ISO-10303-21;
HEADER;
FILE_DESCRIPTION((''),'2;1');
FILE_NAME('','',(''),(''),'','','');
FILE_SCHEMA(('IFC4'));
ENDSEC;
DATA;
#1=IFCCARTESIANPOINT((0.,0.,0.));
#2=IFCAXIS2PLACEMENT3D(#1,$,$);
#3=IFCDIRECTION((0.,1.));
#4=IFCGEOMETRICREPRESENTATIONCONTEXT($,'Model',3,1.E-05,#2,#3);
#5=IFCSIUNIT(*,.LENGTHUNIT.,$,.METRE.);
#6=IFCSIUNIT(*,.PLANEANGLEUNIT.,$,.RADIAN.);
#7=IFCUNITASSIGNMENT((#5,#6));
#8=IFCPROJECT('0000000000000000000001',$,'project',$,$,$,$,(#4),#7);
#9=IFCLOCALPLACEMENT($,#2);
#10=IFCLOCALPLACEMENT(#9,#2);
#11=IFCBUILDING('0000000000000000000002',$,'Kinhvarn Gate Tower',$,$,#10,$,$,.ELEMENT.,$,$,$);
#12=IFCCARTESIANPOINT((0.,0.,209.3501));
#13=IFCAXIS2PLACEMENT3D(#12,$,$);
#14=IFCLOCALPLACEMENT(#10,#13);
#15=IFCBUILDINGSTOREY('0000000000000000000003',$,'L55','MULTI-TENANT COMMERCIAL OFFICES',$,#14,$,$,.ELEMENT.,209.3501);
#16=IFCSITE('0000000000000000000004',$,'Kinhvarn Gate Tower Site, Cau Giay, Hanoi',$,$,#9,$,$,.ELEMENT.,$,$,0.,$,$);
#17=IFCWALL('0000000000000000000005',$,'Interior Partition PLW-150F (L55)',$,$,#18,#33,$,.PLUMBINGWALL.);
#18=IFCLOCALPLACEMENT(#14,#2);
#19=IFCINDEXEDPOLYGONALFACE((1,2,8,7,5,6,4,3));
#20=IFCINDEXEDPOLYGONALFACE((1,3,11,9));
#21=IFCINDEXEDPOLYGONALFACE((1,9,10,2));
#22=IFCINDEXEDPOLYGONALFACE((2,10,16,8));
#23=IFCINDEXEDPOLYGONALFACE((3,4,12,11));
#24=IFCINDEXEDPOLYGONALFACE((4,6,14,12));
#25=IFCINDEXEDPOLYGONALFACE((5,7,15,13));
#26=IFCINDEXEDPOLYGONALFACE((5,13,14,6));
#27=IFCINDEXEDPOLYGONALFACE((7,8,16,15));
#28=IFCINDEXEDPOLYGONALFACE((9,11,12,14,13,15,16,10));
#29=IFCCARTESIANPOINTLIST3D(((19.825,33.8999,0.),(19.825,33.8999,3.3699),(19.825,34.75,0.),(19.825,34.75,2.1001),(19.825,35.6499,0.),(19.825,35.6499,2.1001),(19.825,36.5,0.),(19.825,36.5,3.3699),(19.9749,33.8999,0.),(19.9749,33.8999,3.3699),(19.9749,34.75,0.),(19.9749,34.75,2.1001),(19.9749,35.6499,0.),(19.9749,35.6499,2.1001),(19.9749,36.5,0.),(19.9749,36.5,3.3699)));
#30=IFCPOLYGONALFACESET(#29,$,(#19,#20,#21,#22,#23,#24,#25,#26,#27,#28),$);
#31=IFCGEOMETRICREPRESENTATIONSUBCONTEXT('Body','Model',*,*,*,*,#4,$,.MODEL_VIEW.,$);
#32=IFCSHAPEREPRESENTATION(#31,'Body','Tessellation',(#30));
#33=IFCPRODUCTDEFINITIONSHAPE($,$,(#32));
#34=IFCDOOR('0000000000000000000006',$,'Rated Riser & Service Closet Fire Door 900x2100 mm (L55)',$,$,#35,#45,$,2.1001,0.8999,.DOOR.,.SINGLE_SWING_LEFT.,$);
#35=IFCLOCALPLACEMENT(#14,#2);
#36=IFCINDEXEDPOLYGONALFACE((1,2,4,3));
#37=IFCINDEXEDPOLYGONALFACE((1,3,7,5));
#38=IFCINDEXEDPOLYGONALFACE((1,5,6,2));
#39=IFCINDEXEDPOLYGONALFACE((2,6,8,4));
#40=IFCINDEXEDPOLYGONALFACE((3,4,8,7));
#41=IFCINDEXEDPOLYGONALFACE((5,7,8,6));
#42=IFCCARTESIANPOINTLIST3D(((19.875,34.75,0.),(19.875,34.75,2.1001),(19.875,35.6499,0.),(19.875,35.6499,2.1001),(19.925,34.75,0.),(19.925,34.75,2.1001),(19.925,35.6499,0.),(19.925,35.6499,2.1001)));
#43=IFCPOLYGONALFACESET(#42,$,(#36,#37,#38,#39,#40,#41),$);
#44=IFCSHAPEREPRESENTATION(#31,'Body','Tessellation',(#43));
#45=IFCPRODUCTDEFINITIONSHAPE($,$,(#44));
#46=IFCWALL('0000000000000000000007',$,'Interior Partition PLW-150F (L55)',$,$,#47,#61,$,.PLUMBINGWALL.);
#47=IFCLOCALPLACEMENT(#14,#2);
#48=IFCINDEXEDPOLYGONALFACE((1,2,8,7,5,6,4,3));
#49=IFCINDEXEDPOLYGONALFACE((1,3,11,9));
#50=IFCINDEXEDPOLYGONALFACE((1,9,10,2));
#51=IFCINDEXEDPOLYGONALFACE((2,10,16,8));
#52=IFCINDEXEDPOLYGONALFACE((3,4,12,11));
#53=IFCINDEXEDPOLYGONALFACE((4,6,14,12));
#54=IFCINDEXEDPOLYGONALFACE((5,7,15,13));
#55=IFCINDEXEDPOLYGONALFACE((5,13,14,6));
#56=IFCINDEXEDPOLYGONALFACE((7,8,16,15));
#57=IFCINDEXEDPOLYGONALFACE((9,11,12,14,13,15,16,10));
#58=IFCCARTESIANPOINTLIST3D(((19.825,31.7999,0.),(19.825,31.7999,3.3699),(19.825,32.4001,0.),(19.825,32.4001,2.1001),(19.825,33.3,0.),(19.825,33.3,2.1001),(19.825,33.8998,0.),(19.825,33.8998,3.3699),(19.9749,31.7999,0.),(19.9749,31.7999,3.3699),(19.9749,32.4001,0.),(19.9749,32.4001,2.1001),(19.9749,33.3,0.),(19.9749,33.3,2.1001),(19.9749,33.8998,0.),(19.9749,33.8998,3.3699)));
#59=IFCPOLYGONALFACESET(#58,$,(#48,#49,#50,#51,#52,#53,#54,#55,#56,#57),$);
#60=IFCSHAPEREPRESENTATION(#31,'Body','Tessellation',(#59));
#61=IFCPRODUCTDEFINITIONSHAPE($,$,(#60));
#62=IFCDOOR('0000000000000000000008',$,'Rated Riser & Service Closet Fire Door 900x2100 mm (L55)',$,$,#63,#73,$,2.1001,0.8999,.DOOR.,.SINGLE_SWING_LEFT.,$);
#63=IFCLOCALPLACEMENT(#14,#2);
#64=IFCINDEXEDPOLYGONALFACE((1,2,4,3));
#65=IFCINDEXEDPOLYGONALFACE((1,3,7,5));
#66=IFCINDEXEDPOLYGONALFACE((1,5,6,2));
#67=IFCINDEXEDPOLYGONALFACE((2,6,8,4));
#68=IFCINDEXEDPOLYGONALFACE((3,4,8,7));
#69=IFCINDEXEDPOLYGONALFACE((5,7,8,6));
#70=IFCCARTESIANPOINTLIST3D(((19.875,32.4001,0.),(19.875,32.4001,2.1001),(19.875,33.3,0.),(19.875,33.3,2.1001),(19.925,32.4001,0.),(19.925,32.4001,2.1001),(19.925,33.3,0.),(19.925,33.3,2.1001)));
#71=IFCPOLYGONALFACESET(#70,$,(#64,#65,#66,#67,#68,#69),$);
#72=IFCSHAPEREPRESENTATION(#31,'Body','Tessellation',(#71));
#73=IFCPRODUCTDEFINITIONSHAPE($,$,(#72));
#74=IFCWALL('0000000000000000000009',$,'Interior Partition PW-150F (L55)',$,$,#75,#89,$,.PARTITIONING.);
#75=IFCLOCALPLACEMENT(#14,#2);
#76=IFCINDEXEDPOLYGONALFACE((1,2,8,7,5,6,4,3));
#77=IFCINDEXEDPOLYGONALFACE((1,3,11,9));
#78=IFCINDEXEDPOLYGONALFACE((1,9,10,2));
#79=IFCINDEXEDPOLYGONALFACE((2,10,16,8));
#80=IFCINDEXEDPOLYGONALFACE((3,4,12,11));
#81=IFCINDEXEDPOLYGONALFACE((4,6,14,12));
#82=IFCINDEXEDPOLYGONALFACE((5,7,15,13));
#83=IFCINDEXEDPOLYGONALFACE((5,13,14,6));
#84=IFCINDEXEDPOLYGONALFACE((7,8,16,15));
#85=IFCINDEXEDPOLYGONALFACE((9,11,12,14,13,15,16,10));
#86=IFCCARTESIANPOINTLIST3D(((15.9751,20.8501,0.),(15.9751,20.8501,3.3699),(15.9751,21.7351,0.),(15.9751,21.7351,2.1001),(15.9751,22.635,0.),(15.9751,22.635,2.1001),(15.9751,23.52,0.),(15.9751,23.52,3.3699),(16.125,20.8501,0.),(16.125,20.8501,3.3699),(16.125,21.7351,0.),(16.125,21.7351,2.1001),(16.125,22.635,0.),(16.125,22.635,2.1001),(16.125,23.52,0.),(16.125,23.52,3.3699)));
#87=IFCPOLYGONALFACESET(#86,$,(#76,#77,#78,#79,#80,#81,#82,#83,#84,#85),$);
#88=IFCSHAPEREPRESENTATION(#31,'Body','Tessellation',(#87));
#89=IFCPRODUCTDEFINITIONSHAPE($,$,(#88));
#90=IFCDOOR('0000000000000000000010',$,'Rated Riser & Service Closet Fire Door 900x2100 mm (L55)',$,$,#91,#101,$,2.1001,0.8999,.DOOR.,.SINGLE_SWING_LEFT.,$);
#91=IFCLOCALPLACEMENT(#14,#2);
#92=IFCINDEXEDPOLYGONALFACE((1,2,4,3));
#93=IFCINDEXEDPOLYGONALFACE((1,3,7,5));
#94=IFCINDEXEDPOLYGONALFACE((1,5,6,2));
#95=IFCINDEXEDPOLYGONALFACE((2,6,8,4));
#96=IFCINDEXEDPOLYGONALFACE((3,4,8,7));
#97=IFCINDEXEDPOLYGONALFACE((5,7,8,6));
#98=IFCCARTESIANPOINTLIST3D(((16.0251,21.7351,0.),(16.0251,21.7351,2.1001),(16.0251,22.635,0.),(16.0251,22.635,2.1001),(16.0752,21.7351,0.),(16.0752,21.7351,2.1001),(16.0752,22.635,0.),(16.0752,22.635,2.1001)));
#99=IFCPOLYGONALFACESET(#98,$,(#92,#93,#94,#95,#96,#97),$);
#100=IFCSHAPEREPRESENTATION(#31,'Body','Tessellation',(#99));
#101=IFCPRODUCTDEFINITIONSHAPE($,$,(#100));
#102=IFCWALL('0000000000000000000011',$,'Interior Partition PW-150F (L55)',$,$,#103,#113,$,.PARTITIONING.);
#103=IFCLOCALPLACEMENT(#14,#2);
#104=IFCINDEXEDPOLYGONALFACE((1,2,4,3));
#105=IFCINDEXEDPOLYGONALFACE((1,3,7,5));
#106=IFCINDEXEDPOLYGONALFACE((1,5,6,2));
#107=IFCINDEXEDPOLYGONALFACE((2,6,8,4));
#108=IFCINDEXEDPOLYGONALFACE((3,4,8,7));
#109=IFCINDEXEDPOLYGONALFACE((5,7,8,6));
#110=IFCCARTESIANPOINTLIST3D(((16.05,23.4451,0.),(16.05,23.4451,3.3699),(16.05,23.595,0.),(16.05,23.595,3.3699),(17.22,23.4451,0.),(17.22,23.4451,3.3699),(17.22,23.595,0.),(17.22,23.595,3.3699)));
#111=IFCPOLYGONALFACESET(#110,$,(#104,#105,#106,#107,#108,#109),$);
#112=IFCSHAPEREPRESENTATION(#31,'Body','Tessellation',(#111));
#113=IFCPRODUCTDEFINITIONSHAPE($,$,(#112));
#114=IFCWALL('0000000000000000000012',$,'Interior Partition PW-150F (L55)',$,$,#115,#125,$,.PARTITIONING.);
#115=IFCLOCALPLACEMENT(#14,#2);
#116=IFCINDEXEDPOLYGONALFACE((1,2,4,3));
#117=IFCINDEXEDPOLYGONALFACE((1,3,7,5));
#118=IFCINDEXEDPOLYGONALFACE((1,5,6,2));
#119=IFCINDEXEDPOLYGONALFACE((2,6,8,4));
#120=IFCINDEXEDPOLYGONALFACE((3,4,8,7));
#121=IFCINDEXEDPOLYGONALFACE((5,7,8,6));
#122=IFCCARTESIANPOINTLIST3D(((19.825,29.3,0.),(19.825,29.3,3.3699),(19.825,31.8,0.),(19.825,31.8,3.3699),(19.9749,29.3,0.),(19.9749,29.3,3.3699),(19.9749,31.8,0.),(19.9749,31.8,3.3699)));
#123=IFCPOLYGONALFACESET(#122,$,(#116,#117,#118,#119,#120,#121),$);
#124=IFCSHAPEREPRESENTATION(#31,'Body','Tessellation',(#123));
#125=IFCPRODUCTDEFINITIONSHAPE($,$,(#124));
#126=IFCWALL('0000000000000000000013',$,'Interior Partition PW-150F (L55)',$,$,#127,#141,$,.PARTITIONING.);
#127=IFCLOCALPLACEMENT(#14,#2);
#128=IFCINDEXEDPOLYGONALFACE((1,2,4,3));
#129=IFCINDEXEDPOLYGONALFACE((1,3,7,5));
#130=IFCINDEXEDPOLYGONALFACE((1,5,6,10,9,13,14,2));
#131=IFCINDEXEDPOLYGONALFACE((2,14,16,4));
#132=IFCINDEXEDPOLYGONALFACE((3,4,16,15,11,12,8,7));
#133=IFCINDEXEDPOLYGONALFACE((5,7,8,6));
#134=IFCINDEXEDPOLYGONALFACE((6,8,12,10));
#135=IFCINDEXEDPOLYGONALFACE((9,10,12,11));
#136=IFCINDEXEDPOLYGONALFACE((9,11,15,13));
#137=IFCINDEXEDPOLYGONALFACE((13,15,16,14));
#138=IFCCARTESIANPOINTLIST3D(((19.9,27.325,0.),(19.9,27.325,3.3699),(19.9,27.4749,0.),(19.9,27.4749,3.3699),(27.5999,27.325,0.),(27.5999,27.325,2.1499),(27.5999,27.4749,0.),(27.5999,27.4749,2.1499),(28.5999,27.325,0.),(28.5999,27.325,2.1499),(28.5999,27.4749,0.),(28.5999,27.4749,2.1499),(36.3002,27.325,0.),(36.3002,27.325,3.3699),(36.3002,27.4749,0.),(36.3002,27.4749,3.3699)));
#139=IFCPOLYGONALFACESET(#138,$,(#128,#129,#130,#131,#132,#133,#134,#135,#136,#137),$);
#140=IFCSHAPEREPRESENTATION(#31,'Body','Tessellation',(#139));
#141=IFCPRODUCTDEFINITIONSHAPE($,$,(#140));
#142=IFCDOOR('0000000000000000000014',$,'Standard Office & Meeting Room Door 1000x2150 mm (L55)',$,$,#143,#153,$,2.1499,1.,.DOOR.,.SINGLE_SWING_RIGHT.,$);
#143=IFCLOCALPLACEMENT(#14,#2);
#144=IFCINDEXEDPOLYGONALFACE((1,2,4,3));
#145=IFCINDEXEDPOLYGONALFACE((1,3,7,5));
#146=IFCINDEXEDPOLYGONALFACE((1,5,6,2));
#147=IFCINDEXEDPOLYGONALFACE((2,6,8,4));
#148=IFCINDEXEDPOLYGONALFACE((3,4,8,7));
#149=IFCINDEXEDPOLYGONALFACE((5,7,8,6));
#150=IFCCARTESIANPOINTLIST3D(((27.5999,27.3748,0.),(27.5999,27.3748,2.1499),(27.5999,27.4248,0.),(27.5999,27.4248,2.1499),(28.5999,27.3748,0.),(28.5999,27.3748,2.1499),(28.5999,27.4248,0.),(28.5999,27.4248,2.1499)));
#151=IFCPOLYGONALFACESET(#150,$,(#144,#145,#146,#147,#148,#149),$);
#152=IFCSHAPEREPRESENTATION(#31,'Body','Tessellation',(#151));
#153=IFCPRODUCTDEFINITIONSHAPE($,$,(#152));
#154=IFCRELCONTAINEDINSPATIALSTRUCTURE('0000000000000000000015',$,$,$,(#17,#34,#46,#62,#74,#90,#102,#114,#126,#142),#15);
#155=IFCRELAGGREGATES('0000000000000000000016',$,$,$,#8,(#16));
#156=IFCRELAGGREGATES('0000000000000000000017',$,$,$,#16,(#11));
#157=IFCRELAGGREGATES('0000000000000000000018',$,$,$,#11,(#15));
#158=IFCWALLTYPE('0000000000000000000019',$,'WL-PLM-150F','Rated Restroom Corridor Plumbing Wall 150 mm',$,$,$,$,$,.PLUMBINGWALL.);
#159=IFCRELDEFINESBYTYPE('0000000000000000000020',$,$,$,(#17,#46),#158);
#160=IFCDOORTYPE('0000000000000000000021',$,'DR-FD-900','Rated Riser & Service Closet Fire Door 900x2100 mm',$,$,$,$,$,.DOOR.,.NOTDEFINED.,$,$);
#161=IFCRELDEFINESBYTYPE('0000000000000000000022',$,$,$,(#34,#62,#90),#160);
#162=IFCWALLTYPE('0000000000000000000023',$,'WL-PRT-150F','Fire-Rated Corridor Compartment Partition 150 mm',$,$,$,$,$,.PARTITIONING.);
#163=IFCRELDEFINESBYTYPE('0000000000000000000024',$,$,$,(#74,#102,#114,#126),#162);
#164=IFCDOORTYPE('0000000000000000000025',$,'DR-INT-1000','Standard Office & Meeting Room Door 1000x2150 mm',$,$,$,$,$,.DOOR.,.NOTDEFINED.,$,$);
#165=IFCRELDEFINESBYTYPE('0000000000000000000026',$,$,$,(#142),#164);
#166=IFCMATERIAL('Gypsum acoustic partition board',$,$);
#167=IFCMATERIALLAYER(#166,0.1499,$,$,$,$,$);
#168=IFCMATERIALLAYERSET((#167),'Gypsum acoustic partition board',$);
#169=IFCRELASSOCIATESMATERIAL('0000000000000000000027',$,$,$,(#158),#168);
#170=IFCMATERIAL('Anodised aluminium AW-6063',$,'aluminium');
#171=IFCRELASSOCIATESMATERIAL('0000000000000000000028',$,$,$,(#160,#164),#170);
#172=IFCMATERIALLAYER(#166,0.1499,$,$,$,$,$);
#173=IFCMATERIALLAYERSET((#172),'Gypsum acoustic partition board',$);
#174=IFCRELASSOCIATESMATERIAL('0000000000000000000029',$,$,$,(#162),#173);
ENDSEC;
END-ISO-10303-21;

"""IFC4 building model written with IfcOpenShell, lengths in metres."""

from ifc_helpers import new_model, si_unit, direction, frame, frame_2d, origin, place, context, subcontext, project, spatial, rectangle, extrude, material, layer, layer_set, type_object, element, fill, save


model = new_model("IFC4")

# Units and contexts
model_context = context("Model", 3, precision=1e-05, world=origin(), true_north=direction((0.0, 1.0)))
body_context = subcontext(model_context, "Body", "Model", "MODEL_VIEW")
ifc_project = project(units=[si_unit("LENGTHUNIT", "METRE"), si_unit("PLANEANGLEUNIT", "RADIAN")], contexts=[model_context])

# Site, building, storey
site_placement = place(None, origin())
site = spatial("IfcSite", under=ifc_project, at=site_placement, Name="Kinhvarn Gate Tower Site, Cau Giay, Hanoi", CompositionType="ELEMENT", RefElevation=0.0)
building_placement = place(site_placement, origin())
building = spatial("IfcBuilding", under=site, at=building_placement, Name="Kinhvarn Gate Tower", CompositionType="ELEMENT")
storey_placement = place(building_placement, frame((0.0, 0.0, 209.3501)))
storey = spatial("IfcBuildingStorey", under=building, at=storey_placement, Name="L55", Description="MULTI-TENANT COMMERCIAL OFFICES", CompositionType="ELEMENT", Elevation=209.3501)

# Shared definitions
ifc_material_1 = material(Name="Anodised aluminium AW-6063", Category="aluminium")

# Shared definitions
ifc_material_2 = material(Name="Gypsum acoustic partition board")

# Walls, openings, doors
ifc_layer_1 = layer(ifc_material_2, 0.1499)
ifc_layer_set_1 = layer_set([ifc_layer_1], Name="Gypsum acoustic partition board")
wall_type_1 = type_object("IfcWallType", Name="WL-PLM-150F", Description="Rated Restroom Corridor Plumbing Wall 150 mm", PredefinedType="PLUMBINGWALL", material=ifc_layer_set_1)
wall_1_placement = place(storey_placement, frame((19.8999, 33.8999, 0.0), z_axis=(0.0, 0.0, 1.0), x_axis=(0.0, 1.0, 0.0)))
wall_1 = element("IfcWall", 1, at=wall_1_placement, inside=storey, type_object=wall_type_1, Name="Interior Partition PLW-150F (L55)", PredefinedType="PLUMBINGWALL", context=body_context, shape_type="SweptSolid", body=[
    extrude(rectangle(XDim=2.6001, YDim=0.1499, at=frame_2d((1.3, 0.0))), origin(), (0.0, 0.0, 1.0), 3.3699),
])
opening_1_placement = place(wall_1_placement, frame((0.8501, 0.0, 0.0)))
opening_1 = element("IfcOpeningElement", 2, at=opening_1_placement, cuts=wall_1, PredefinedType="OPENING", context=body_context, shape_type="SweptSolid", body=[
    extrude(rectangle(XDim=0.8999, YDim=2.1001, at=frame_2d((0.45, 1.05))), frame((0.0, 0.085, 0.0), z_axis=(0.0, -1.0, 0.0), x_axis=(1.0, 0.0, 0.0)), (0.0, 0.0, 1.0), 0.1699),
])
door_type_1 = type_object("IfcDoorType", Name="DR-FD-900", Description="Rated Riser & Service Closet Fire Door 900x2100 mm", OperationType="NOTDEFINED", PredefinedType="DOOR", material=ifc_material_1)
door_1_placement = place(opening_1_placement, origin())
door_1 = element("IfcDoor", 3, at=door_1_placement, inside=storey, type_object=door_type_1, Name="Rated Riser & Service Closet Fire Door 900x2100 mm (L55)", OperationType="SINGLE_SWING_LEFT", OverallHeight=2.1001, OverallWidth=0.8999, PredefinedType="DOOR", context=body_context, shape_type="SweptSolid", body=[
    extrude(rectangle(XDim=0.8999, YDim=2.1001, at=frame_2d((0.45, 1.05))), frame((0.0, 0.0249, 0.0), z_axis=(0.0, -1.0, 0.0), x_axis=(1.0, 0.0, 0.0)), (0.0, 0.0, 1.0), 0.05),
])
fill(opening_1, door_1)
wall_2_placement = place(storey_placement, frame((19.8999, 31.8, 0.0), z_axis=(0.0, 0.0, 1.0), x_axis=(0.0, 1.0, 0.0)))
wall_2 = element("IfcWall", 4, at=wall_2_placement, inside=storey, type_object=wall_type_1, Name="Interior Partition PLW-150F (L55)", PredefinedType="PLUMBINGWALL", context=body_context, shape_type="SweptSolid", body=[
    extrude(rectangle(XDim=2.0999, YDim=0.1499, at=frame_2d((1.0498, 0.0))), origin(), (0.0, 0.0, 1.0), 3.3699),
])
opening_2_placement = place(wall_2_placement, frame((0.6001, 0.0, 0.0)))
opening_2 = element("IfcOpeningElement", 5, at=opening_2_placement, cuts=wall_2, PredefinedType="OPENING", context=body_context, shape_type="SweptSolid", body=[
    extrude(rectangle(XDim=0.8999, YDim=2.1001, at=frame_2d((0.45, 1.05))), frame((0.0, 0.085, 0.0), z_axis=(0.0, -1.0, 0.0), x_axis=(1.0, 0.0, 0.0)), (0.0, 0.0, 1.0), 0.1699),
])
door_2_placement = place(opening_2_placement, origin())
door_2 = element("IfcDoor", 6, at=door_2_placement, inside=storey, type_object=door_type_1, Name="Rated Riser & Service Closet Fire Door 900x2100 mm (L55)", OperationType="SINGLE_SWING_LEFT", OverallHeight=2.1001, OverallWidth=0.8999, PredefinedType="DOOR", context=body_context, shape_type="SweptSolid", body=[
    extrude(rectangle(XDim=0.8999, YDim=2.1001, at=frame_2d((0.45, 1.05))), frame((0.0, 0.0249, 0.0), z_axis=(0.0, -1.0, 0.0), x_axis=(1.0, 0.0, 0.0)), (0.0, 0.0, 1.0), 0.05),
])
fill(opening_2, door_2)
ifc_layer_2 = layer(ifc_material_2, 0.1499)
ifc_layer_set_2 = layer_set([ifc_layer_2], Name="Gypsum acoustic partition board")
wall_type_2 = type_object("IfcWallType", Name="WL-PRT-150F", Description="Fire-Rated Corridor Compartment Partition 150 mm", PredefinedType="PARTITIONING", material=ifc_layer_set_2)
wall_3_placement = place(storey_placement, frame((16.05, 20.8501, 0.0), z_axis=(0.0, 0.0, 1.0), x_axis=(0.0, 1.0, 0.0)))
wall_3 = element("IfcWall", 7, at=wall_3_placement, inside=storey, type_object=wall_type_2, Name="Interior Partition PW-150F (L55)", PredefinedType="PARTITIONING", context=body_context, shape_type="SweptSolid", body=[
    extrude(rectangle(XDim=2.6699, YDim=0.1499, at=frame_2d((1.335, 0.0))), origin(), (0.0, 0.0, 1.0), 3.3699),
])
opening_3_placement = place(wall_3_placement, frame((0.885, 0.0, 0.0)))
opening_3 = element("IfcOpeningElement", 8, at=opening_3_placement, cuts=wall_3, PredefinedType="OPENING", context=body_context, shape_type="SweptSolid", body=[
    extrude(rectangle(XDim=0.8999, YDim=2.1001, at=frame_2d((0.45, 1.05))), frame((0.0, 0.085, 0.0), z_axis=(0.0, -1.0, 0.0), x_axis=(1.0, 0.0, 0.0)), (0.0, 0.0, 1.0), 0.1699),
])
door_3_placement = place(opening_3_placement, origin())
door_3 = element("IfcDoor", 9, at=door_3_placement, inside=storey, type_object=door_type_1, Name="Rated Riser & Service Closet Fire Door 900x2100 mm (L55)", OperationType="SINGLE_SWING_LEFT", OverallHeight=2.1001, OverallWidth=0.8999, PredefinedType="DOOR", context=body_context, shape_type="SweptSolid", body=[
    extrude(rectangle(XDim=0.8999, YDim=2.1001, at=frame_2d((0.45, 1.05))), frame((0.0, 0.0249, 0.0), z_axis=(0.0, -1.0, 0.0), x_axis=(1.0, 0.0, 0.0)), (0.0, 0.0, 1.0), 0.05),
])
fill(opening_3, door_3)

# Walls
wall_4_placement = place(storey_placement, frame((16.05, 23.52, 0.0), z_axis=(0.0, 0.0, 1.0), x_axis=(1.0, 0.0, 0.0)))
element("IfcWall", 10, at=wall_4_placement, inside=storey, type_object=wall_type_2, Name="Interior Partition PW-150F (L55)", PredefinedType="PARTITIONING", context=body_context, shape_type="SweptSolid", body=[
    extrude(rectangle(XDim=1.1699, YDim=0.1499, at=frame_2d((0.585, 0.0))), origin(), (0.0, 0.0, 1.0), 3.3699),
])
wall_5_placement = place(storey_placement, frame((19.8999, 29.3, 0.0), z_axis=(0.0, 0.0, 1.0), x_axis=(0.0, 1.0, 0.0)))
element("IfcWall", 11, at=wall_5_placement, inside=storey, type_object=wall_type_2, Name="Interior Partition PW-150F (L55)", PredefinedType="PARTITIONING", context=body_context, shape_type="SweptSolid", body=[
    extrude(rectangle(XDim=2.5, YDim=0.1499, at=frame_2d((1.25, 0.0))), origin(), (0.0, 0.0, 1.0), 3.3699),
])

# Wall, opening, door
wall_6_placement = place(storey_placement, frame((19.8999, 27.3999, 0.0), z_axis=(0.0, 0.0, 1.0), x_axis=(1.0, 0.0, 0.0)))
wall_6 = element("IfcWall", 12, at=wall_6_placement, inside=storey, type_object=wall_type_2, Name="Interior Partition PW-150F (L55)", PredefinedType="PARTITIONING", context=body_context, shape_type="SweptSolid", body=[
    extrude(rectangle(XDim=16.4001, YDim=0.1499, at=frame_2d((8.2002, 0.0))), origin(), (0.0, 0.0, 1.0), 3.3699),
])
opening_4_placement = place(wall_6_placement, frame((7.7, 0.0, 0.0)))
opening_4 = element("IfcOpeningElement", 13, at=opening_4_placement, cuts=wall_6, PredefinedType="OPENING", context=body_context, shape_type="SweptSolid", body=[
    extrude(rectangle(XDim=1.0, YDim=2.1499, at=frame_2d((0.5, 1.075))), frame((0.0, 0.085, 0.0), z_axis=(0.0, -1.0, 0.0), x_axis=(1.0, 0.0, 0.0)), (0.0, 0.0, 1.0), 0.1699),
])
door_type_2 = type_object("IfcDoorType", Name="DR-INT-1000", Description="Standard Office & Meeting Room Door 1000x2150 mm", OperationType="NOTDEFINED", PredefinedType="DOOR", material=ifc_material_1)
door_4_placement = place(opening_4_placement, origin())
door_4 = element("IfcDoor", 14, at=door_4_placement, inside=storey, type_object=door_type_2, Name="Standard Office & Meeting Room Door 1000x2150 mm (L55)", OperationType="SINGLE_SWING_RIGHT", OverallHeight=2.1499, OverallWidth=1.0, PredefinedType="DOOR", context=body_context, shape_type="SweptSolid", body=[
    extrude(rectangle(XDim=1.0, YDim=2.1499, at=frame_2d((0.5, 1.075))), frame((0.0, 0.0249, 0.0), z_axis=(0.0, -1.0, 0.0), x_axis=(1.0, 0.0, 0.0)), (0.0, 0.0, 1.0), 0.05),
])
fill(opening_4, door_4)

save(model, "model.ifc")
